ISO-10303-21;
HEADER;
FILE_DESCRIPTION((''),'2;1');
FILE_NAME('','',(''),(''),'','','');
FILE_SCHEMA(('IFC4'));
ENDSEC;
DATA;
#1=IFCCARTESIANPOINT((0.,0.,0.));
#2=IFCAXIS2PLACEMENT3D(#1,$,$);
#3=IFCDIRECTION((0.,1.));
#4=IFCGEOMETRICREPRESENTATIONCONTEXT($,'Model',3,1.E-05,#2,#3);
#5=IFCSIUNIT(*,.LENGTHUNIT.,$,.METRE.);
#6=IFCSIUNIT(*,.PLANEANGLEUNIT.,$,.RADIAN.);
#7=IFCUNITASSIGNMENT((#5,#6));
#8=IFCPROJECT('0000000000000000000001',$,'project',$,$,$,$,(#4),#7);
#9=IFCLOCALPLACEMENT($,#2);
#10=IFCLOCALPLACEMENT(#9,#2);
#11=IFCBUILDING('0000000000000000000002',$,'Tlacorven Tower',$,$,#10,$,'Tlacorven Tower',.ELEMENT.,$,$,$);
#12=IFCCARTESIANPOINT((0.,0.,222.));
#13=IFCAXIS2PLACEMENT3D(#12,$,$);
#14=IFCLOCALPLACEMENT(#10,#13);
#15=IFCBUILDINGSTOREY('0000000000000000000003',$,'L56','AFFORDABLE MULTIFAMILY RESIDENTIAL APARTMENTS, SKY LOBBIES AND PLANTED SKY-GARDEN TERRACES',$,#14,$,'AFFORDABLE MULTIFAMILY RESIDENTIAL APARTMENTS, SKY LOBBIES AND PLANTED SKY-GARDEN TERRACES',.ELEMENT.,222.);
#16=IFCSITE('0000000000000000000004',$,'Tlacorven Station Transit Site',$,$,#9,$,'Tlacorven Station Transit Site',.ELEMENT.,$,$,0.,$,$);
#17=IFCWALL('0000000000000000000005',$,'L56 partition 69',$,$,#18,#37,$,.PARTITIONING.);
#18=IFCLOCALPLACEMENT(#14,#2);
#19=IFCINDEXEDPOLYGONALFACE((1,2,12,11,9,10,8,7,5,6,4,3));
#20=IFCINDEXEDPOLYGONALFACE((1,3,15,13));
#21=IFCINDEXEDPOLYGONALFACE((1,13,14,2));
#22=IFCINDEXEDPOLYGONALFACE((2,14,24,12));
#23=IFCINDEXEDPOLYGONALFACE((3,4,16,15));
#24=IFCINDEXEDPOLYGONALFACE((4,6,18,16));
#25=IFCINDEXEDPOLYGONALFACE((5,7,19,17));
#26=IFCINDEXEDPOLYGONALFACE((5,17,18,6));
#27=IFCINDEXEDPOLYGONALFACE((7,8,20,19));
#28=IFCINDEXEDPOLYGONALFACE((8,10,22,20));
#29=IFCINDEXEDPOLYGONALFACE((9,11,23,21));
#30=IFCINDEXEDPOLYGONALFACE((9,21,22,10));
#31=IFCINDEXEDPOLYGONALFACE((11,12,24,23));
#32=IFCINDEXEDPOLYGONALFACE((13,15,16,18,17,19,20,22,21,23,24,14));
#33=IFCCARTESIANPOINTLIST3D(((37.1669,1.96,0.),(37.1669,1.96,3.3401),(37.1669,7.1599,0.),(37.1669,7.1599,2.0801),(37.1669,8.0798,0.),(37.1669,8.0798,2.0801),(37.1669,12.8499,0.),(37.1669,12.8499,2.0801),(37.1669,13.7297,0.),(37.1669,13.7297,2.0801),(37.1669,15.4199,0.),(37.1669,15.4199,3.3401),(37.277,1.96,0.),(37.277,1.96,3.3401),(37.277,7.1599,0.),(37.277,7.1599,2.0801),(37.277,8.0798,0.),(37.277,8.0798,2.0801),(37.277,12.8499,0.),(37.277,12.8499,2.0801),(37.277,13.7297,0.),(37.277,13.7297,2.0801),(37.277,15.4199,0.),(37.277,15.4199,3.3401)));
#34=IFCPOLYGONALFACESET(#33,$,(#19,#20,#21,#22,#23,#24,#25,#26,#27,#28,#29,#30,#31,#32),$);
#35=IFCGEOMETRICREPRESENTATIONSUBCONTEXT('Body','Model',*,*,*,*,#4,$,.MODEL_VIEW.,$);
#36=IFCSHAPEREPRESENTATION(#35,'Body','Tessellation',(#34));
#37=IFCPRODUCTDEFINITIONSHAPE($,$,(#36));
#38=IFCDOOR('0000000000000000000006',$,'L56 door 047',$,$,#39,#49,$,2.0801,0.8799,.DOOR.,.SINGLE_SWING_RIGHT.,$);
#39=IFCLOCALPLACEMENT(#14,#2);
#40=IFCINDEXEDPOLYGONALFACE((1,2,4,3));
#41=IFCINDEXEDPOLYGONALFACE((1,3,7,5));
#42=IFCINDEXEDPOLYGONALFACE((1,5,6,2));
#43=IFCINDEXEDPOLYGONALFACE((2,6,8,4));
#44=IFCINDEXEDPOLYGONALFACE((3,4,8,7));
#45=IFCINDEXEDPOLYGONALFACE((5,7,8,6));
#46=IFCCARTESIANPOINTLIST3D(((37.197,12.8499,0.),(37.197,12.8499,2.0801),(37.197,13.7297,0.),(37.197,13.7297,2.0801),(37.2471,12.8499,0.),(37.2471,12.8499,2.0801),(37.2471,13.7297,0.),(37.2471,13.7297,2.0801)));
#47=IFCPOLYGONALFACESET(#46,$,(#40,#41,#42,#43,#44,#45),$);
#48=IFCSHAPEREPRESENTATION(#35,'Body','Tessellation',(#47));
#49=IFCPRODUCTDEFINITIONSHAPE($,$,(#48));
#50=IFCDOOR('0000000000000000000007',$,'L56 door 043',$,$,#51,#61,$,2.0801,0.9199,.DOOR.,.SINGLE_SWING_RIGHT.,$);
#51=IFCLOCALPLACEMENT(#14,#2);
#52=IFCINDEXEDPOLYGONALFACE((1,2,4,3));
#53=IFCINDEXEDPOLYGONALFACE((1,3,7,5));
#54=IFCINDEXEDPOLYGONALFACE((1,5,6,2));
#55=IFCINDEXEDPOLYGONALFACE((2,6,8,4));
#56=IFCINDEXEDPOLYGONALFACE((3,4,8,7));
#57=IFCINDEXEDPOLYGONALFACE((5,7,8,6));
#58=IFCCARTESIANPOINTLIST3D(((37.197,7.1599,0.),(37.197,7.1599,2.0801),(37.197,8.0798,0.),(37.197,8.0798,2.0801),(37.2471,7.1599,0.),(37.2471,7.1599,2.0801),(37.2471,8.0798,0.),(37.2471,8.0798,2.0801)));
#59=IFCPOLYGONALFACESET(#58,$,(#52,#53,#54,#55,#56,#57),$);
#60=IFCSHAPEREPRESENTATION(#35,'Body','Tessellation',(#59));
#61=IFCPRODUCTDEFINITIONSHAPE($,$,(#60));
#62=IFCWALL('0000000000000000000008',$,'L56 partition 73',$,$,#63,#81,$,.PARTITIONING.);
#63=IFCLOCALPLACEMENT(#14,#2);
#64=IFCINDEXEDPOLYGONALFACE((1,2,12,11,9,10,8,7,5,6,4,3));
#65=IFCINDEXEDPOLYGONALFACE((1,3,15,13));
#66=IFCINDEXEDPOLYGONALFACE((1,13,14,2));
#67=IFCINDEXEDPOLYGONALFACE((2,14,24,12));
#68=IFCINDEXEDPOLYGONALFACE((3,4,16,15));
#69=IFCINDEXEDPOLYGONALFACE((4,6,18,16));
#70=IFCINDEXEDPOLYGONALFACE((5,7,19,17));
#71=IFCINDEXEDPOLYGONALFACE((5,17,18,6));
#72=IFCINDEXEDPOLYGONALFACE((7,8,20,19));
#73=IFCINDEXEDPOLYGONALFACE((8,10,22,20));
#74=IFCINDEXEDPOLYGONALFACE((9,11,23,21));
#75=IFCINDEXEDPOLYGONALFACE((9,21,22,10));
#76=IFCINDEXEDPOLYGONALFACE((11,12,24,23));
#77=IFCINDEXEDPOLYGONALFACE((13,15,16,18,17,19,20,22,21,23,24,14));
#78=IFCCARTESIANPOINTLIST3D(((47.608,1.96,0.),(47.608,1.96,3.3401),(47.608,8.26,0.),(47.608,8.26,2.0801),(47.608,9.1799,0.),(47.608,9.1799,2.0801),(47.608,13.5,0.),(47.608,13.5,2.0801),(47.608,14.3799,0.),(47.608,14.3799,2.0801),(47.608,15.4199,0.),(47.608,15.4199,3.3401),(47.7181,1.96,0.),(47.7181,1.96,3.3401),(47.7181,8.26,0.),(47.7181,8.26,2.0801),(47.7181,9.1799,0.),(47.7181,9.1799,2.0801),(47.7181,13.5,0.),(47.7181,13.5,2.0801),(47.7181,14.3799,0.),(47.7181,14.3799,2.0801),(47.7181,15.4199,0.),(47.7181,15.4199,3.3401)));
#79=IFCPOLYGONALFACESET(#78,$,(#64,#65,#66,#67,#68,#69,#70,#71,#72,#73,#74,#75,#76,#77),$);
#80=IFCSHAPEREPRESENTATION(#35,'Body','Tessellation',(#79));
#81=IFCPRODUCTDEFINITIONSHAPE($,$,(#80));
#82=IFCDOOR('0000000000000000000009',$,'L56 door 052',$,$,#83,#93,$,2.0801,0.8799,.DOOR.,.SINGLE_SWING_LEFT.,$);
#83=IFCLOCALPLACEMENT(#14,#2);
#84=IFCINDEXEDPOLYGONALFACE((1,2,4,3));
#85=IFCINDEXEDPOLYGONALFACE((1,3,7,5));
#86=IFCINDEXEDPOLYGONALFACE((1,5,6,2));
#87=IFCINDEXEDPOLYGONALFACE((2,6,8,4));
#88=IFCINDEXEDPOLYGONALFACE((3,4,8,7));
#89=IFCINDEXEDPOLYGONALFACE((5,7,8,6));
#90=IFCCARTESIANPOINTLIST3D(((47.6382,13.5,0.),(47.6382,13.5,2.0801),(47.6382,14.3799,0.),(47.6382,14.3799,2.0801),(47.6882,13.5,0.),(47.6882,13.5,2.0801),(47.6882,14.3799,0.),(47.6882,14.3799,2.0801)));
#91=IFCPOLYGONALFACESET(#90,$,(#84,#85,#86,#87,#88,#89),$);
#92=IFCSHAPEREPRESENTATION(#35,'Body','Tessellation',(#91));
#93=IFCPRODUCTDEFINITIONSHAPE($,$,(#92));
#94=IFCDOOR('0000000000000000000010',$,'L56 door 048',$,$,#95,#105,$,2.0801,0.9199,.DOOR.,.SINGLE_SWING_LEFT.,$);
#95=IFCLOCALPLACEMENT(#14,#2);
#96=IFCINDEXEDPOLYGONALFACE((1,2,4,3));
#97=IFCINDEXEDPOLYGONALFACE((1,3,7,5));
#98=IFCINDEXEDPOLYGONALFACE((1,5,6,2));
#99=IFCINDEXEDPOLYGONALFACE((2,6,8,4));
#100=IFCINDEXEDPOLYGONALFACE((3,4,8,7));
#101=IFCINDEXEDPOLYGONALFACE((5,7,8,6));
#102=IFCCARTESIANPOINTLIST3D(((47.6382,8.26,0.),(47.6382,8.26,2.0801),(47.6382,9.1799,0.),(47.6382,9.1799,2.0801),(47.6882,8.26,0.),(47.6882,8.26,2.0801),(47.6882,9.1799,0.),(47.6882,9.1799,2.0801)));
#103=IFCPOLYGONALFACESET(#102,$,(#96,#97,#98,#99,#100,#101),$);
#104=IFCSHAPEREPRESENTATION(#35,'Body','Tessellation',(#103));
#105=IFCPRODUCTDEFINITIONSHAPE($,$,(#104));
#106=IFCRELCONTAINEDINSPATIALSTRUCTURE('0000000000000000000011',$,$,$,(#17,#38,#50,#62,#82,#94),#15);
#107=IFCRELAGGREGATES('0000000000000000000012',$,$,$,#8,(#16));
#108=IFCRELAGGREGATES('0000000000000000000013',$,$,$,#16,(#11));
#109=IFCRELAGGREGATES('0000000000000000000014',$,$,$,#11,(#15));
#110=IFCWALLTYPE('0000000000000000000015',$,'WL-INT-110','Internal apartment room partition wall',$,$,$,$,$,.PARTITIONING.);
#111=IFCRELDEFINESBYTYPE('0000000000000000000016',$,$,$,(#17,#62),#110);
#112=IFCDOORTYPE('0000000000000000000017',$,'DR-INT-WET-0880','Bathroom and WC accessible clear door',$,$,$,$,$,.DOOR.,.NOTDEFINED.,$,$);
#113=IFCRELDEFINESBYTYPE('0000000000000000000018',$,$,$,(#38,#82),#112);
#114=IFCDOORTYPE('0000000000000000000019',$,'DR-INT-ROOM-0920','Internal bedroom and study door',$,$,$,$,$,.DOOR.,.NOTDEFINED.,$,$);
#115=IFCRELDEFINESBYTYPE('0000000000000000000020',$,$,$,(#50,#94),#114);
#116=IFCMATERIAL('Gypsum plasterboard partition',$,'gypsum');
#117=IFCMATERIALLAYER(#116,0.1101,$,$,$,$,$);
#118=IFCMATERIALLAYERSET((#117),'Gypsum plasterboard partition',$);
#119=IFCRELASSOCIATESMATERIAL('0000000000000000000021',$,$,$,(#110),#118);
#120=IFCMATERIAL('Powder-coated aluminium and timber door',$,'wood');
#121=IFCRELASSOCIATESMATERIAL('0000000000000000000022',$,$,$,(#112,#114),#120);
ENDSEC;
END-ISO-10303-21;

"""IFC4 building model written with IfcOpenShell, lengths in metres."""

from ifc_helpers import new_model, si_unit, direction, frame, frame_2d, origin, place, context, subcontext, project, spatial, rectangle, extrude, source, transform, mapped, material, layer, layer_set, type_object, element, fill, save


model = new_model("IFC4")

# Units and contexts
model_context = context("Model", 3, precision=1e-05, world=origin(), true_north=direction((0.0, 1.0)))
body_context = subcontext(model_context, "Body", "Model", "MODEL_VIEW")
ifc_project = project(units=[si_unit("LENGTHUNIT", "METRE"), si_unit("PLANEANGLEUNIT", "RADIAN")], contexts=[model_context])

# Site, building, storey
site_placement = place(None, origin())
site = spatial("IfcSite", under=ifc_project, at=site_placement, Name="Tlacorven Station Transit Site", LongName="Tlacorven Station Transit Site", CompositionType="ELEMENT", RefElevation=0.0)
building_placement = place(site_placement, origin())
building = spatial("IfcBuilding", under=site, at=building_placement, Name="Tlacorven Tower", LongName="Tlacorven Tower", CompositionType="ELEMENT")
storey_placement = place(building_placement, frame((0.0, 0.0, 222.0)))
storey = spatial("IfcBuildingStorey", under=building, at=storey_placement, Name="L56", Description="AFFORDABLE MULTIFAMILY RESIDENTIAL APARTMENTS, SKY LOBBIES AND PLANTED SKY-GARDEN TERRACES", LongName="AFFORDABLE MULTIFAMILY RESIDENTIAL APARTMENTS, SKY LOBBIES AND PLANTED SKY-GARDEN TERRACES", CompositionType="ELEMENT", Elevation=222.0)

# Walls, openings, doors
ifc_material_1 = material(Name="Gypsum plasterboard partition", Category="gypsum")
ifc_layer_1 = layer(ifc_material_1, 0.1101)
ifc_layer_set_1 = layer_set([ifc_layer_1], Name="Gypsum plasterboard partition")
wall_type_1 = type_object("IfcWallType", Name="WL-INT-110", Description="Internal apartment room partition wall", PredefinedType="PARTITIONING", material=ifc_layer_set_1)
wall_1_placement = place(storey_placement, frame((37.2219, 1.96, 0.0), z_axis=(0.0, 0.0, 1.0), x_axis=(0.0, 1.0, 0.0)))
wall_1 = element("IfcWall", 1, at=wall_1_placement, inside=storey, type_object=wall_type_1, Name="L56 partition 69", PredefinedType="PARTITIONING", context=body_context, shape_type="SweptSolid", body=[
    extrude(rectangle(XDim=13.46, YDim=0.1101, at=frame_2d((6.73, 0.0))), origin(), (0.0, 0.0, 1.0), 3.3401),
])
opening_1_placement = place(wall_1_placement, frame((5.2, 0.0, 0.0)))
opening_1 = element("IfcOpeningElement", 2, at=opening_1_placement, cuts=wall_1, PredefinedType="OPENING", context=body_context, shape_type="SweptSolid", body=[
    extrude(rectangle(XDim=0.9199, YDim=2.0801, at=frame_2d((0.46, 1.04))), frame((0.0, 0.0649, 0.0), z_axis=(0.0, -1.0, 0.0), x_axis=(1.0, 0.0, 0.0)), (0.0, 0.0, 1.0), 0.1301),
])
opening_2_placement = place(wall_1_placement, frame((10.8899, 0.0, 0.0)))
opening_2 = element("IfcOpeningElement", 3, at=opening_2_placement, cuts=wall_1, PredefinedType="OPENING", context=body_context, shape_type="SweptSolid", body=[
    extrude(rectangle(XDim=0.8799, YDim=2.0801, at=frame_2d((0.4399, 1.04))), frame((0.0, 0.0649, 0.0), z_axis=(0.0, -1.0, 0.0), x_axis=(1.0, 0.0, 0.0)), (0.0, 0.0, 1.0), 0.1301),
])
ifc_material_2 = material(Name="Powder-coated aluminium and timber door", Category="wood")
door_type_1 = type_object("IfcDoorType", Name="DR-INT-WET-0880", Description="Bathroom and WC accessible clear door", OperationType="NOTDEFINED", PredefinedType="DOOR", material=ifc_material_2)
shared_shape_1 = source(origin(), body_context, "Body", "SweptSolid", [
    extrude(rectangle(XDim=0.8799, YDim=2.0801, at=frame_2d((0.4399, 1.04))), frame((0.0, 0.0249, 0.0), z_axis=(0.0, -1.0, 0.0), x_axis=(1.0, 0.0, 0.0)), (0.0, 0.0, 1.0), 0.05),
])
door_1_placement = place(opening_2_placement, origin())
door_1 = element("IfcDoor", 4, at=door_1_placement, inside=storey, type_object=door_type_1, Name="L56 door 047", OperationType="SINGLE_SWING_RIGHT", OverallHeight=2.0801, OverallWidth=0.8799, PredefinedType="DOOR", context=body_context, shape_type="MappedRepresentation", body=[
    mapped(shared_shape_1, transform((0.0, 0.0, 0.0), scale=1.0)),
])
fill(opening_2, door_1)
door_type_2 = type_object("IfcDoorType", Name="DR-INT-ROOM-0920", Description="Internal bedroom and study door", OperationType="NOTDEFINED", PredefinedType="DOOR", material=ifc_material_2)
shared_shape_2 = source(origin(), body_context, "Body", "SweptSolid", [
    extrude(rectangle(XDim=0.9199, YDim=2.0801, at=frame_2d((0.46, 1.04))), frame((0.0, 0.0249, 0.0), z_axis=(0.0, -1.0, 0.0), x_axis=(1.0, 0.0, 0.0)), (0.0, 0.0, 1.0), 0.05),
])
door_2_placement = place(opening_1_placement, origin())
door_2 = element("IfcDoor", 5, at=door_2_placement, inside=storey, type_object=door_type_2, Name="L56 door 043", OperationType="SINGLE_SWING_RIGHT", OverallHeight=2.0801, OverallWidth=0.9199, PredefinedType="DOOR", context=body_context, shape_type="MappedRepresentation", body=[
    mapped(shared_shape_2, transform((0.0, 0.0, 0.0), scale=1.0)),
])
fill(opening_1, door_2)
wall_2_placement = place(storey_placement, frame((47.6631, 1.96, 0.0), z_axis=(0.0, 0.0, 1.0), x_axis=(0.0, 1.0, 0.0)))
wall_2 = element("IfcWall", 6, at=wall_2_placement, inside=storey, type_object=wall_type_1, Name="L56 partition 73", PredefinedType="PARTITIONING", context=body_context, shape_type="SweptSolid", body=[
    extrude(rectangle(XDim=13.46, YDim=0.1101, at=frame_2d((6.73, 0.0))), origin(), (0.0, 0.0, 1.0), 3.3401),
])
opening_3_placement = place(wall_2_placement, frame((6.3, 0.0, 0.0)))
opening_3 = element("IfcOpeningElement", 7, at=opening_3_placement, cuts=wall_2, PredefinedType="OPENING", context=body_context, shape_type="SweptSolid", body=[
    extrude(rectangle(XDim=0.9199, YDim=2.0801, at=frame_2d((0.46, 1.04))), frame((0.0, 0.0649, 0.0), z_axis=(0.0, -1.0, 0.0), x_axis=(1.0, 0.0, 0.0)), (0.0, 0.0, 1.0), 0.1301),
])
opening_4_placement = place(wall_2_placement, frame((11.54, 0.0, 0.0)))
opening_4 = element("IfcOpeningElement", 8, at=opening_4_placement, cuts=wall_2, PredefinedType="OPENING", context=body_context, shape_type="SweptSolid", body=[
    extrude(rectangle(XDim=0.8799, YDim=2.0801, at=frame_2d((0.4399, 1.04))), frame((0.0, 0.0649, 0.0), z_axis=(0.0, -1.0, 0.0), x_axis=(1.0, 0.0, 0.0)), (0.0, 0.0, 1.0), 0.1301),
])
door_3_placement = place(opening_4_placement, origin())
door_3 = element("IfcDoor", 9, at=door_3_placement, inside=storey, type_object=door_type_1, Name="L56 door 052", OperationType="SINGLE_SWING_LEFT", OverallHeight=2.0801, OverallWidth=0.8799, PredefinedType="DOOR", context=body_context, shape_type="MappedRepresentation", body=[
    mapped(shared_shape_1, transform((0.0, 0.0, 0.0), scale=1.0)),
])
fill(opening_4, door_3)
door_4_placement = place(opening_3_placement, origin())
door_4 = element("IfcDoor", 10, at=door_4_placement, inside=storey, type_object=door_type_2, Name="L56 door 048", OperationType="SINGLE_SWING_LEFT", OverallHeight=2.0801, OverallWidth=0.9199, PredefinedType="DOOR", context=body_context, shape_type="MappedRepresentation", body=[
    mapped(shared_shape_2, transform((0.0, 0.0, 0.0), scale=1.0)),
])
fill(opening_3, door_4)

save(model, "model.ifc")
